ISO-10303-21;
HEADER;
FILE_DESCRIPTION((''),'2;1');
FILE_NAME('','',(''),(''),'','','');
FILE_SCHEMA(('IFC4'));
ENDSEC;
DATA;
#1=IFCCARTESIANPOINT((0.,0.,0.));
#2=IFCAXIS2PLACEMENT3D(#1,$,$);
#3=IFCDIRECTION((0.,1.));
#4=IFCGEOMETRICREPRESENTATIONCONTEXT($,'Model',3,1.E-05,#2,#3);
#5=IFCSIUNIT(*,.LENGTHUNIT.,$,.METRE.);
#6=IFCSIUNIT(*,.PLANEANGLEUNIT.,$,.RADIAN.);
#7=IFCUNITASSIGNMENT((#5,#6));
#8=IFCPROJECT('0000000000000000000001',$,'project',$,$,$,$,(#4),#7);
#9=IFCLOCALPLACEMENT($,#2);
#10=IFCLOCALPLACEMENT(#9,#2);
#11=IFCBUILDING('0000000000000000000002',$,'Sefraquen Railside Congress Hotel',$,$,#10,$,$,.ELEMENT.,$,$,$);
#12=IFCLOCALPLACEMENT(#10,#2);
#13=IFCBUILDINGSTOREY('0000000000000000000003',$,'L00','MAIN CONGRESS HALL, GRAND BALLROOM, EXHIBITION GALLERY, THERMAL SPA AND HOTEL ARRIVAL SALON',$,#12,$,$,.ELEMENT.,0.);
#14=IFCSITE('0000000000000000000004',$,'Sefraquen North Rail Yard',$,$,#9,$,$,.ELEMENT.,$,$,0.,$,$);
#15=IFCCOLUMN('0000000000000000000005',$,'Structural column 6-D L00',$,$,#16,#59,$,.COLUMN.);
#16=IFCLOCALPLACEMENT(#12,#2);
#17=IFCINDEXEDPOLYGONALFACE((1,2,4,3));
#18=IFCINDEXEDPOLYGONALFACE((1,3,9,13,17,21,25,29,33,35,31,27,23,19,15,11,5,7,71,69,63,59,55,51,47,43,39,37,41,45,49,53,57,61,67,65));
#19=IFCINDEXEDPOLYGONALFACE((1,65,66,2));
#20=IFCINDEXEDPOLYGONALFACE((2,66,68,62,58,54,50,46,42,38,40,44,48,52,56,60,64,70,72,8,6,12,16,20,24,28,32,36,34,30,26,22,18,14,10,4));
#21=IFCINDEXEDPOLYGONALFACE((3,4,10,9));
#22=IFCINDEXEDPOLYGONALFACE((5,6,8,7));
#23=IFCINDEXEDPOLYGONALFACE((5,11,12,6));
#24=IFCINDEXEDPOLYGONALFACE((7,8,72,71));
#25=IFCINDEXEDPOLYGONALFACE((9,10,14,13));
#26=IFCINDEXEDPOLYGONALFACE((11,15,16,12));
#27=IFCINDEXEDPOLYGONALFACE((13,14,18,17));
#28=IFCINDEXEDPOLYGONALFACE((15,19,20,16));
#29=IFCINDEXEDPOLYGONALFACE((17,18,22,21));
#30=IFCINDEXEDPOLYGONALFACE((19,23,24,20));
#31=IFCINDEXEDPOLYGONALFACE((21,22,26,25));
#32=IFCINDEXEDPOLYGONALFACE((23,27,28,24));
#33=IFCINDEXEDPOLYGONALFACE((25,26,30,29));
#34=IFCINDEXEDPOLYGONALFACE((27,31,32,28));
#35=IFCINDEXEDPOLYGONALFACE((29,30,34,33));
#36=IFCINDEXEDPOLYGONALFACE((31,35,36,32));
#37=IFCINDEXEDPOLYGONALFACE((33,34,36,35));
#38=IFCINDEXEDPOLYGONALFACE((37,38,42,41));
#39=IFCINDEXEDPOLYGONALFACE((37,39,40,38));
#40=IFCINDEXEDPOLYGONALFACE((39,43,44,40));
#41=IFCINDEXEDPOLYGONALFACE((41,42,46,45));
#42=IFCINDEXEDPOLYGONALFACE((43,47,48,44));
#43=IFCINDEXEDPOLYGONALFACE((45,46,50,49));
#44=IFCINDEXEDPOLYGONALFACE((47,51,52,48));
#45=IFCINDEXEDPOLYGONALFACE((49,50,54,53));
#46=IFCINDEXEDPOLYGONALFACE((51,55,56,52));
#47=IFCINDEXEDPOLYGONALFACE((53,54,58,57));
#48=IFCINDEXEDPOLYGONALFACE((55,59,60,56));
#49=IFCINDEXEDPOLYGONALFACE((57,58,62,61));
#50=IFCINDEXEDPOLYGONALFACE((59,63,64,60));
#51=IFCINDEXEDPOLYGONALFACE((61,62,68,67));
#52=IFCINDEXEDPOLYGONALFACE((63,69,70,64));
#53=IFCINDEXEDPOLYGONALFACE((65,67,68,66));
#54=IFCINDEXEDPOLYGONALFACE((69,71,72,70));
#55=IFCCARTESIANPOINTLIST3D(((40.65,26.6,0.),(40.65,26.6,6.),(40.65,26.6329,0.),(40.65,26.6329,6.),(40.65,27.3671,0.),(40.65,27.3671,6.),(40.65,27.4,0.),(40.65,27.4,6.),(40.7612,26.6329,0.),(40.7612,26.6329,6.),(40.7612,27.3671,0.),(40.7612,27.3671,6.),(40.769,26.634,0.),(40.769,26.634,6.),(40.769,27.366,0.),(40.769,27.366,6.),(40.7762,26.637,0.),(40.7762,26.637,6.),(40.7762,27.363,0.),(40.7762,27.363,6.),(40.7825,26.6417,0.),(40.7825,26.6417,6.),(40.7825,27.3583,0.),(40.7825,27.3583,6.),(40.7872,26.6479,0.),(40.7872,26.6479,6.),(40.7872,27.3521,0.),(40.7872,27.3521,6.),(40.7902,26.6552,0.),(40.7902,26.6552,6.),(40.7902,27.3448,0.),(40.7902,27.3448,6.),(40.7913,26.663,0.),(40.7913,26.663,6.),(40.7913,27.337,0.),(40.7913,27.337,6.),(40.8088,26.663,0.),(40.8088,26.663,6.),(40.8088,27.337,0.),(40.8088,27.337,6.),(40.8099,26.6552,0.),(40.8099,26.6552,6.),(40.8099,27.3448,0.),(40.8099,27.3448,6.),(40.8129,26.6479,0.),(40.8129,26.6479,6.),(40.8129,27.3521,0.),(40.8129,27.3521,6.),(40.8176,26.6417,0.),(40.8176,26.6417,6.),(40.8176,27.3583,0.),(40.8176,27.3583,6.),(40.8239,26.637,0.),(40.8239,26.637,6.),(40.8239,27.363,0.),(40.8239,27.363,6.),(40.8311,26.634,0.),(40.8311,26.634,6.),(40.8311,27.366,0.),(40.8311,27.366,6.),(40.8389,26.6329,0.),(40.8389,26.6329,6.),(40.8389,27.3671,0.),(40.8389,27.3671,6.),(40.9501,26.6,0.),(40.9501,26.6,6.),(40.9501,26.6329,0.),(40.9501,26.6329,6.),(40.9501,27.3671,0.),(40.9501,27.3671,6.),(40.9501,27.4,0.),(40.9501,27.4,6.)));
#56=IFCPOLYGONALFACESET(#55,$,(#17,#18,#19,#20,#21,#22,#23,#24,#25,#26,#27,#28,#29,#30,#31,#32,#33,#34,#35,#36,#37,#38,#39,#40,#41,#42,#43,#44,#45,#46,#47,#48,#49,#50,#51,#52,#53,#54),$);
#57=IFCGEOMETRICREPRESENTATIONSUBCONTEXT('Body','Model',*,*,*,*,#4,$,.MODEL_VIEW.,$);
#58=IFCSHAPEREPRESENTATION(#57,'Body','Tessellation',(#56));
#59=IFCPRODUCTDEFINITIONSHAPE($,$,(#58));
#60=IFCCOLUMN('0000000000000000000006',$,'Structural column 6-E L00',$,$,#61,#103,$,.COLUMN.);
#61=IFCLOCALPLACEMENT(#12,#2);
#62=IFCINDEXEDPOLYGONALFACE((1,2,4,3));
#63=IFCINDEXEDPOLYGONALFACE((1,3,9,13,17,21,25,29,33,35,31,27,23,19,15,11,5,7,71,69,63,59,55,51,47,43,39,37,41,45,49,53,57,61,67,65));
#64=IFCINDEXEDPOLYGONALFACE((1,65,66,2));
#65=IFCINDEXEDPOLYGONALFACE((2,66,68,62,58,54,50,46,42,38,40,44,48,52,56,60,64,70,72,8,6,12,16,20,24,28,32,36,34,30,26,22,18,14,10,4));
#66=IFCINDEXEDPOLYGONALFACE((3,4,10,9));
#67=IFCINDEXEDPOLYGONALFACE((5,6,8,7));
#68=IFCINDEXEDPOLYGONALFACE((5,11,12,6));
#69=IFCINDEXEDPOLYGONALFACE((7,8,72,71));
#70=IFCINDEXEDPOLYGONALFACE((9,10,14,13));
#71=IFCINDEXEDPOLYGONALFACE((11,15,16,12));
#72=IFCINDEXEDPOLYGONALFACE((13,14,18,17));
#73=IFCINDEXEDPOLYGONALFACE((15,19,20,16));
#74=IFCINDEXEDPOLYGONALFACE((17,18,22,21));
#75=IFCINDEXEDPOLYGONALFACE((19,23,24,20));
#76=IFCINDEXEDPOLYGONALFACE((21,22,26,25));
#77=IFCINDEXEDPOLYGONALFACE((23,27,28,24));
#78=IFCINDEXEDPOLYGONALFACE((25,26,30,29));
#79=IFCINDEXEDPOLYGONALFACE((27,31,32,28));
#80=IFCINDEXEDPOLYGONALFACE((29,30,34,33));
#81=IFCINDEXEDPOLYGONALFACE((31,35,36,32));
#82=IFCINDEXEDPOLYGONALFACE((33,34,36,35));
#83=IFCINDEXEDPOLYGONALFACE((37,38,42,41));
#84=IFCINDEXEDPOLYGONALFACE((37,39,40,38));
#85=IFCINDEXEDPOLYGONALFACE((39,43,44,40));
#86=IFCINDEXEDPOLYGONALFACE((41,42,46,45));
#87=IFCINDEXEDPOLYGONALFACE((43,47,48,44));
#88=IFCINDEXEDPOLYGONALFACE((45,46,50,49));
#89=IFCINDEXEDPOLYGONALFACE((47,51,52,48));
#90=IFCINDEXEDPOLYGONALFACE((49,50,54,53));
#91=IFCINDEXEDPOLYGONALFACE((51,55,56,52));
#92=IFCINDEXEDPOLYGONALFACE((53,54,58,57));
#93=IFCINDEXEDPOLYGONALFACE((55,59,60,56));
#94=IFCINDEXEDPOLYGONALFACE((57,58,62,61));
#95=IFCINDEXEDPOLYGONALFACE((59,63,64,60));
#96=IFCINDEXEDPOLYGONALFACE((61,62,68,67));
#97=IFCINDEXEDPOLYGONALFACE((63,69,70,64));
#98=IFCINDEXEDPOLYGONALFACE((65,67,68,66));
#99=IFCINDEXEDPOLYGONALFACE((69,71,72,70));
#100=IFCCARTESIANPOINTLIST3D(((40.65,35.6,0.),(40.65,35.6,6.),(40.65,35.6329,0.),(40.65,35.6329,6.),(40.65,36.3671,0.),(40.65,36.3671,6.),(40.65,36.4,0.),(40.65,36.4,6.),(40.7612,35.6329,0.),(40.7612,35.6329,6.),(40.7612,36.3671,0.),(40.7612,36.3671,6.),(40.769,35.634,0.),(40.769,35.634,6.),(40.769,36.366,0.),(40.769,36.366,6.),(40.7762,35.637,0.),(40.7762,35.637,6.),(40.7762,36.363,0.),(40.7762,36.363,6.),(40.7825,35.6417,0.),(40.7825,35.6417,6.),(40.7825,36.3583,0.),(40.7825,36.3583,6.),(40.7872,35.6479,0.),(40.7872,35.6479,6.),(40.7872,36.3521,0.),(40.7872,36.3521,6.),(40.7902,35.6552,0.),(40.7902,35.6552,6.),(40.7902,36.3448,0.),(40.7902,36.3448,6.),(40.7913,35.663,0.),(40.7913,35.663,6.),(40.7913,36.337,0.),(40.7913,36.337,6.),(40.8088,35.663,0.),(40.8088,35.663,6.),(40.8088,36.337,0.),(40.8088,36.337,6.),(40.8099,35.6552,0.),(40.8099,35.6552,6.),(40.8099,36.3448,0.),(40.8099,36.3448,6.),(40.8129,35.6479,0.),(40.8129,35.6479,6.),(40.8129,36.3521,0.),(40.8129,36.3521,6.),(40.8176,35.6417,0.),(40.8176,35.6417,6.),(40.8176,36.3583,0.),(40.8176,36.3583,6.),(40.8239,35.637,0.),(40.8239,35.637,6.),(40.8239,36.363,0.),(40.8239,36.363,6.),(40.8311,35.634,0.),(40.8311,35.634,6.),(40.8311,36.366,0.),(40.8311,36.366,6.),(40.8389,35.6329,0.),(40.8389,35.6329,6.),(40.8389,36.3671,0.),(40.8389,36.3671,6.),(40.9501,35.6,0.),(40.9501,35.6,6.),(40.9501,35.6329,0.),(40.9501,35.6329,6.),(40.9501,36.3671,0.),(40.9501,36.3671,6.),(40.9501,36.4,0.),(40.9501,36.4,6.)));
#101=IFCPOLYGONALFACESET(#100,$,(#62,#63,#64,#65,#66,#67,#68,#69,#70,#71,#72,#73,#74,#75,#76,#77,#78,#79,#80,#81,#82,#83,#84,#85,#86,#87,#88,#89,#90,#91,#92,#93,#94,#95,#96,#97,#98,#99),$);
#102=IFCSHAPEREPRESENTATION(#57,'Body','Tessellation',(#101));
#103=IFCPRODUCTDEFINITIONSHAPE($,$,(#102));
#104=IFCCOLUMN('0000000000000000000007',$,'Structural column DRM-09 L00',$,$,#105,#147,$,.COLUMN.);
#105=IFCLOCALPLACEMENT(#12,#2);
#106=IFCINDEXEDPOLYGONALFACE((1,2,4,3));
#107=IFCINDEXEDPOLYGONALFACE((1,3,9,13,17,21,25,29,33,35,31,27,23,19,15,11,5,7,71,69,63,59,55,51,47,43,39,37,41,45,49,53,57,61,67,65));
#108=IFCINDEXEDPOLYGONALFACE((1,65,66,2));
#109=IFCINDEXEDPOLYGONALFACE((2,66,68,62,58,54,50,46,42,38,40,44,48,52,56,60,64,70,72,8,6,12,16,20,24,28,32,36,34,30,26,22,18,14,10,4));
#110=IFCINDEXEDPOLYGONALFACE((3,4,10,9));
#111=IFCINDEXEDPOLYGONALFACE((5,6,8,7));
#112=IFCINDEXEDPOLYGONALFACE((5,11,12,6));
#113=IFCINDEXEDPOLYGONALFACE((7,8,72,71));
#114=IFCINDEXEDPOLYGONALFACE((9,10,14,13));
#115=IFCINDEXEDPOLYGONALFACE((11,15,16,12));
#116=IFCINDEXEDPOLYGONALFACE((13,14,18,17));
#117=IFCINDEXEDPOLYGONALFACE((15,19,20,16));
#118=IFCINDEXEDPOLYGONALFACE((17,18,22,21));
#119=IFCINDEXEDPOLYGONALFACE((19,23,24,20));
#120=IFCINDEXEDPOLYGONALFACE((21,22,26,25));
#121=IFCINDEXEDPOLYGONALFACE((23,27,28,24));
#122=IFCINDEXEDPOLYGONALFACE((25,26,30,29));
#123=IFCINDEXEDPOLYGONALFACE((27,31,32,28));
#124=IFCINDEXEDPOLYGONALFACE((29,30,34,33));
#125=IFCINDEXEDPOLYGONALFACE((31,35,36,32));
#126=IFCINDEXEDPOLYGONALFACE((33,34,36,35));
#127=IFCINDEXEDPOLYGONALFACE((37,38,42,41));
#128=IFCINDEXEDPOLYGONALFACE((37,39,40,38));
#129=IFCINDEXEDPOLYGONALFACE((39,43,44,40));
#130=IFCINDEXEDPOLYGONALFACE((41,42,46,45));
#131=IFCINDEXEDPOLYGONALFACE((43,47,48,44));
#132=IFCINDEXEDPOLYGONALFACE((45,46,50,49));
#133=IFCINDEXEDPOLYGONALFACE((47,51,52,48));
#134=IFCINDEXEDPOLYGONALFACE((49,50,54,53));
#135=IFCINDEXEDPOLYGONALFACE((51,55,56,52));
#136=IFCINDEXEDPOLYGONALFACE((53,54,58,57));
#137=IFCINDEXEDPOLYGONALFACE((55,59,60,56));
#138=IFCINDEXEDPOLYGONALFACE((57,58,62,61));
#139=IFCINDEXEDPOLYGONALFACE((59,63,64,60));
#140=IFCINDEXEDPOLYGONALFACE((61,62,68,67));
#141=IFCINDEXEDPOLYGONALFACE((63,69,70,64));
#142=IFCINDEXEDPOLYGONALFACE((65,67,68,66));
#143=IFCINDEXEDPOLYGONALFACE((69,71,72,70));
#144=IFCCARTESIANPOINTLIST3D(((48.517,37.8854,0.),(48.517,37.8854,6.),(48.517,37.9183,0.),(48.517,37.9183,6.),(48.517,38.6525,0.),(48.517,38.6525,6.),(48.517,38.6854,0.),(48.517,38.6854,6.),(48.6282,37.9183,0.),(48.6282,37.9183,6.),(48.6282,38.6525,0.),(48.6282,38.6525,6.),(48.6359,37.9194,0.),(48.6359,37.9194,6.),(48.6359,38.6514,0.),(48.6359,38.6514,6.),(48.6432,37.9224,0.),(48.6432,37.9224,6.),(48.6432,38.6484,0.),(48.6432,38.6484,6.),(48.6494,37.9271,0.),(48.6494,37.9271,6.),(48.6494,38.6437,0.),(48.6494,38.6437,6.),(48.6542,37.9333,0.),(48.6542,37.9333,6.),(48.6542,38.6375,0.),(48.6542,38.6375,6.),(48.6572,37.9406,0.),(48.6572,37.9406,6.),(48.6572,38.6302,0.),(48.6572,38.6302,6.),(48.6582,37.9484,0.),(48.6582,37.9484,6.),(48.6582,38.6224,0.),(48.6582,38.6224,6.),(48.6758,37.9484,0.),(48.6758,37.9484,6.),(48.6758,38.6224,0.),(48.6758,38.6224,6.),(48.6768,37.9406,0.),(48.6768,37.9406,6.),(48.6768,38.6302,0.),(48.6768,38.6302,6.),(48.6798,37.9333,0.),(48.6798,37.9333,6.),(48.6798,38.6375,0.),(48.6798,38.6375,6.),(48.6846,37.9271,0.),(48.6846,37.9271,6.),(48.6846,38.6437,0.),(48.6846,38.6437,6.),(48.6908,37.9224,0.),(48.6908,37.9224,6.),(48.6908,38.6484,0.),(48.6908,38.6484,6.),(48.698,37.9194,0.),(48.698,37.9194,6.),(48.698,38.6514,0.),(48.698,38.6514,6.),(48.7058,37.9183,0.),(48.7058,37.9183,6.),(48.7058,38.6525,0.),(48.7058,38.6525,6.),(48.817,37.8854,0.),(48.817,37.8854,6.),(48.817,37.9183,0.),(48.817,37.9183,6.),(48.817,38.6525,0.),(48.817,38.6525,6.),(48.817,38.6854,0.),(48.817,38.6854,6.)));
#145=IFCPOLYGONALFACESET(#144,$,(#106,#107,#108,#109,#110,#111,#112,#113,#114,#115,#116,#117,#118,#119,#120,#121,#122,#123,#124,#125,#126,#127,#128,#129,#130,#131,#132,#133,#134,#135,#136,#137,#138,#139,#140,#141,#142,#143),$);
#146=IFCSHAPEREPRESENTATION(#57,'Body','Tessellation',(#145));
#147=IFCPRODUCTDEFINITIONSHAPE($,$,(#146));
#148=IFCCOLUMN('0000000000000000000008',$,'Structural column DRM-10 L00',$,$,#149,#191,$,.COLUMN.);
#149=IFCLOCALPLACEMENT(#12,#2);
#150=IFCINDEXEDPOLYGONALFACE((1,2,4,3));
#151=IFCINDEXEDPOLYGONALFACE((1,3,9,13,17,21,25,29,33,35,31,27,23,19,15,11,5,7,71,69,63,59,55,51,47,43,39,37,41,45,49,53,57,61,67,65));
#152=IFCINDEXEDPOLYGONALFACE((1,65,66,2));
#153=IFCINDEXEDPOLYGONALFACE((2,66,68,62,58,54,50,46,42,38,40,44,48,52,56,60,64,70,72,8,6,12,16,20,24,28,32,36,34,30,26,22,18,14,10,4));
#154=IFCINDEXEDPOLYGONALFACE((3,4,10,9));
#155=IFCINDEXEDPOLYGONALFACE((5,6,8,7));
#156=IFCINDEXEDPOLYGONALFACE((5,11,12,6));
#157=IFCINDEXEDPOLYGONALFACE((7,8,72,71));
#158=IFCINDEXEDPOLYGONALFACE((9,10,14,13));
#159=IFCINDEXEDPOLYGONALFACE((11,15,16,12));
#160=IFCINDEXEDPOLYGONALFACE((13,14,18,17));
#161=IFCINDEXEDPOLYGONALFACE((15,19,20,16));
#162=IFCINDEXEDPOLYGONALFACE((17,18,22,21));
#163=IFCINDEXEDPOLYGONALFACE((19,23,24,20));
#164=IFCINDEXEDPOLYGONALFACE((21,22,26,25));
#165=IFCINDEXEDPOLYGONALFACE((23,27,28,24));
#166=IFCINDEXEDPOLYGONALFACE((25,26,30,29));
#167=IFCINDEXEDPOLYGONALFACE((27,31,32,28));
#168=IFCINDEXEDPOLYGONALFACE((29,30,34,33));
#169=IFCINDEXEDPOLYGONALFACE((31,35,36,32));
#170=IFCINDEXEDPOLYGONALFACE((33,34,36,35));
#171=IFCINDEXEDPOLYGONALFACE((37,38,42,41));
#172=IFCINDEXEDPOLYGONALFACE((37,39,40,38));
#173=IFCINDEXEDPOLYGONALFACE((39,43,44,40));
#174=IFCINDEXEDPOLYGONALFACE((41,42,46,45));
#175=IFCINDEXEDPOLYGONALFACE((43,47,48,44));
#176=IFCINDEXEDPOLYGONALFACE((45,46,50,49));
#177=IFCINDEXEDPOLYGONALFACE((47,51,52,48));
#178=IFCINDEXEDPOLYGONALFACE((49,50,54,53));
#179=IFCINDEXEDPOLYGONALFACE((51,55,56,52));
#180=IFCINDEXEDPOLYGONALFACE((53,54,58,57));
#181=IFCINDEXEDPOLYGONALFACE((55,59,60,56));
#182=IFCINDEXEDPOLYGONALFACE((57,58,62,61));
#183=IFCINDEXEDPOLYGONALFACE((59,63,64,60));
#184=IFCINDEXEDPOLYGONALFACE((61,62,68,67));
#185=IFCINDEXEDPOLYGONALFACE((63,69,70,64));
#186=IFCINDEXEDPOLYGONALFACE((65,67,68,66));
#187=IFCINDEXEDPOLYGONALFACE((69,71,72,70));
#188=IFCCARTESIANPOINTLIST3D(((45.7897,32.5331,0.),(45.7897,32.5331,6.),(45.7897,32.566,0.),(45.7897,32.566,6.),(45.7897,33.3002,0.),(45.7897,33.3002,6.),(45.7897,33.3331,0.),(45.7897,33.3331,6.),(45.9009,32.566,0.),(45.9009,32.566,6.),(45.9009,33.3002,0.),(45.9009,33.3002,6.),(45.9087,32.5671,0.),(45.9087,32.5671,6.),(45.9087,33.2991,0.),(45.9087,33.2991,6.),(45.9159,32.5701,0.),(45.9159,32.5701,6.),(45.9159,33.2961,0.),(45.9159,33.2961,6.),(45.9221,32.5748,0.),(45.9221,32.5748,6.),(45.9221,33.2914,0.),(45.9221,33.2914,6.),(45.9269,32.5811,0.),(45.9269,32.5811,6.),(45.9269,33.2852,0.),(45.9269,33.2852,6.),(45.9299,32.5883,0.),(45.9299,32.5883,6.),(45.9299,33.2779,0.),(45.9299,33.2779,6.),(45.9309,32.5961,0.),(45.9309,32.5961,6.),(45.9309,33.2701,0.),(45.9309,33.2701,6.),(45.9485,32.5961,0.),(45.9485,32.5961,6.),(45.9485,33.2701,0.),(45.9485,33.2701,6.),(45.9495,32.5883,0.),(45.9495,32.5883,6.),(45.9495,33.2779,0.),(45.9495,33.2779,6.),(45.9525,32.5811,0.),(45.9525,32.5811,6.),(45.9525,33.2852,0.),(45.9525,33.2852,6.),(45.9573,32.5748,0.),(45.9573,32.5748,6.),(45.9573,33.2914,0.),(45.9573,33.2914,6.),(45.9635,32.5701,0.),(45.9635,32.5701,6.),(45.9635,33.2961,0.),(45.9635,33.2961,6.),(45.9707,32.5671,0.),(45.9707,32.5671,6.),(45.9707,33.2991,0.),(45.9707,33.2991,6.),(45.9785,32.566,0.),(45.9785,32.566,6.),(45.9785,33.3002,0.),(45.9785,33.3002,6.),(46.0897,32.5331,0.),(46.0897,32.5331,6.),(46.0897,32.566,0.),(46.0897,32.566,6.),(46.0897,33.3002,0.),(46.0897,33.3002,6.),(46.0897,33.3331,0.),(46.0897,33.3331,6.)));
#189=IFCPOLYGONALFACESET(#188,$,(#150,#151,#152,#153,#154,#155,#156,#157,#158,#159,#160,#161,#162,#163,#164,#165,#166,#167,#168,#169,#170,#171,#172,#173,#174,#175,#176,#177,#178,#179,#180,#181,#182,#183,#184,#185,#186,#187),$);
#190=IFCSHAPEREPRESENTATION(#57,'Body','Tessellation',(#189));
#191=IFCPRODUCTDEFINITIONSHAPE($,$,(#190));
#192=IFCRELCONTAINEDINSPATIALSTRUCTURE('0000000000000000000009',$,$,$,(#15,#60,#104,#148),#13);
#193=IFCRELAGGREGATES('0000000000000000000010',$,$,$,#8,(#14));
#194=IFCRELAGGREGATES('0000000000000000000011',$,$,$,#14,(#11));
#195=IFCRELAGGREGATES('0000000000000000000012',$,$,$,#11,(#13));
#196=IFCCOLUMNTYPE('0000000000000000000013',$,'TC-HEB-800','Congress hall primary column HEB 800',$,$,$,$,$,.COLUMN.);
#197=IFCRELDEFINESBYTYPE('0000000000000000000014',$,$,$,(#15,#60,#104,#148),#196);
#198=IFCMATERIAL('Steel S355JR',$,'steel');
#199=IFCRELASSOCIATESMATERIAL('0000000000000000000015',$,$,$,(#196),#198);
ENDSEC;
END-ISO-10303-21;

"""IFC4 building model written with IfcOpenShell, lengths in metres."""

from ifc_helpers import new_model, si_unit, direction, frame, origin, origin_2d, place, context, subcontext, project, spatial, i_section, extrude, material, material_profile, profile_set, type_object, element, save


model = new_model("IFC4")

# Units and contexts
model_context = context("Model", 3, precision=1e-05, world=origin(), true_north=direction((0.0, 1.0)))
body_context = subcontext(model_context, "Body", "Model", "MODEL_VIEW")
ifc_project = project(units=[si_unit("LENGTHUNIT", "METRE"), si_unit("PLANEANGLEUNIT", "RADIAN")], contexts=[model_context])

# Site, building, storey
site_placement = place(None, origin())
site = spatial("IfcSite", under=ifc_project, at=site_placement, Name="Sefraquen North Rail Yard", CompositionType="ELEMENT", RefElevation=0.0)
building_placement = place(site_placement, origin())
building = spatial("IfcBuilding", under=site, at=building_placement, Name="Sefraquen Railside Congress Hotel", CompositionType="ELEMENT")
storey_placement = place(building_placement, origin())
storey = spatial("IfcBuildingStorey", under=building, at=storey_placement, Name="L00", Description="MAIN CONGRESS HALL, GRAND BALLROOM, EXHIBITION GALLERY, THERMAL SPA AND HOTEL ARRIVAL SALON", CompositionType="ELEMENT", Elevation=0.0)

# Columns
ifc_material_1 = material(Name="Steel S355JR", Category="steel")
ifc_material_profile_1 = material_profile(ifc_material_1, i_section(OverallWidth=0.3, OverallDepth=0.8, WebThickness=0.0176, FlangeThickness=0.033, FilletRadius=0.03, at=origin_2d()), Name="HEB 800")
ifc_profile_set_1 = profile_set([ifc_material_profile_1], Name="Steel S355JR")
column_type = type_object("IfcColumnType", Name="TC-HEB-800", Description="Congress hall primary column HEB 800", PredefinedType="COLUMN", material=ifc_profile_set_1)
for number, where, z_axis, x_axis, name in (
    (1, (40.8, 27.0, 0.0), (0.0, 0.0, 1.0), (1.0, 0.0, 0.0), "Structural column 6-D L00"),
    (2, (40.8, 36.0, 0.0), (0.0, 0.0, 1.0), (1.0, 0.0, 0.0), "Structural column 6-E L00"),
    (3, (48.667, 38.2854, 0.0), (0.0, 0.0, 1.0), (1.0, 0.0, 0.0), "Structural column DRM-09 L00"),
    (4, (45.9397, 32.9331, 0.0), (0.0, 0.0, 1.0), (1.0, 0.0, 0.0), "Structural column DRM-10 L00"),
):
    element("IfcColumn", number, at=place(storey_placement, frame(where, z_axis=z_axis, x_axis=x_axis)), inside=storey, type_object=column_type, Name=name, PredefinedType="COLUMN", context=body_context, shape_type="SweptSolid", body=[
        extrude(i_section(OverallWidth=0.3, OverallDepth=0.8, WebThickness=0.0176, FlangeThickness=0.033, FilletRadius=0.03, at=origin_2d()), origin(), (0.0, 0.0, 1.0), 6.0),
    ])

save(model, "model.ifc")
